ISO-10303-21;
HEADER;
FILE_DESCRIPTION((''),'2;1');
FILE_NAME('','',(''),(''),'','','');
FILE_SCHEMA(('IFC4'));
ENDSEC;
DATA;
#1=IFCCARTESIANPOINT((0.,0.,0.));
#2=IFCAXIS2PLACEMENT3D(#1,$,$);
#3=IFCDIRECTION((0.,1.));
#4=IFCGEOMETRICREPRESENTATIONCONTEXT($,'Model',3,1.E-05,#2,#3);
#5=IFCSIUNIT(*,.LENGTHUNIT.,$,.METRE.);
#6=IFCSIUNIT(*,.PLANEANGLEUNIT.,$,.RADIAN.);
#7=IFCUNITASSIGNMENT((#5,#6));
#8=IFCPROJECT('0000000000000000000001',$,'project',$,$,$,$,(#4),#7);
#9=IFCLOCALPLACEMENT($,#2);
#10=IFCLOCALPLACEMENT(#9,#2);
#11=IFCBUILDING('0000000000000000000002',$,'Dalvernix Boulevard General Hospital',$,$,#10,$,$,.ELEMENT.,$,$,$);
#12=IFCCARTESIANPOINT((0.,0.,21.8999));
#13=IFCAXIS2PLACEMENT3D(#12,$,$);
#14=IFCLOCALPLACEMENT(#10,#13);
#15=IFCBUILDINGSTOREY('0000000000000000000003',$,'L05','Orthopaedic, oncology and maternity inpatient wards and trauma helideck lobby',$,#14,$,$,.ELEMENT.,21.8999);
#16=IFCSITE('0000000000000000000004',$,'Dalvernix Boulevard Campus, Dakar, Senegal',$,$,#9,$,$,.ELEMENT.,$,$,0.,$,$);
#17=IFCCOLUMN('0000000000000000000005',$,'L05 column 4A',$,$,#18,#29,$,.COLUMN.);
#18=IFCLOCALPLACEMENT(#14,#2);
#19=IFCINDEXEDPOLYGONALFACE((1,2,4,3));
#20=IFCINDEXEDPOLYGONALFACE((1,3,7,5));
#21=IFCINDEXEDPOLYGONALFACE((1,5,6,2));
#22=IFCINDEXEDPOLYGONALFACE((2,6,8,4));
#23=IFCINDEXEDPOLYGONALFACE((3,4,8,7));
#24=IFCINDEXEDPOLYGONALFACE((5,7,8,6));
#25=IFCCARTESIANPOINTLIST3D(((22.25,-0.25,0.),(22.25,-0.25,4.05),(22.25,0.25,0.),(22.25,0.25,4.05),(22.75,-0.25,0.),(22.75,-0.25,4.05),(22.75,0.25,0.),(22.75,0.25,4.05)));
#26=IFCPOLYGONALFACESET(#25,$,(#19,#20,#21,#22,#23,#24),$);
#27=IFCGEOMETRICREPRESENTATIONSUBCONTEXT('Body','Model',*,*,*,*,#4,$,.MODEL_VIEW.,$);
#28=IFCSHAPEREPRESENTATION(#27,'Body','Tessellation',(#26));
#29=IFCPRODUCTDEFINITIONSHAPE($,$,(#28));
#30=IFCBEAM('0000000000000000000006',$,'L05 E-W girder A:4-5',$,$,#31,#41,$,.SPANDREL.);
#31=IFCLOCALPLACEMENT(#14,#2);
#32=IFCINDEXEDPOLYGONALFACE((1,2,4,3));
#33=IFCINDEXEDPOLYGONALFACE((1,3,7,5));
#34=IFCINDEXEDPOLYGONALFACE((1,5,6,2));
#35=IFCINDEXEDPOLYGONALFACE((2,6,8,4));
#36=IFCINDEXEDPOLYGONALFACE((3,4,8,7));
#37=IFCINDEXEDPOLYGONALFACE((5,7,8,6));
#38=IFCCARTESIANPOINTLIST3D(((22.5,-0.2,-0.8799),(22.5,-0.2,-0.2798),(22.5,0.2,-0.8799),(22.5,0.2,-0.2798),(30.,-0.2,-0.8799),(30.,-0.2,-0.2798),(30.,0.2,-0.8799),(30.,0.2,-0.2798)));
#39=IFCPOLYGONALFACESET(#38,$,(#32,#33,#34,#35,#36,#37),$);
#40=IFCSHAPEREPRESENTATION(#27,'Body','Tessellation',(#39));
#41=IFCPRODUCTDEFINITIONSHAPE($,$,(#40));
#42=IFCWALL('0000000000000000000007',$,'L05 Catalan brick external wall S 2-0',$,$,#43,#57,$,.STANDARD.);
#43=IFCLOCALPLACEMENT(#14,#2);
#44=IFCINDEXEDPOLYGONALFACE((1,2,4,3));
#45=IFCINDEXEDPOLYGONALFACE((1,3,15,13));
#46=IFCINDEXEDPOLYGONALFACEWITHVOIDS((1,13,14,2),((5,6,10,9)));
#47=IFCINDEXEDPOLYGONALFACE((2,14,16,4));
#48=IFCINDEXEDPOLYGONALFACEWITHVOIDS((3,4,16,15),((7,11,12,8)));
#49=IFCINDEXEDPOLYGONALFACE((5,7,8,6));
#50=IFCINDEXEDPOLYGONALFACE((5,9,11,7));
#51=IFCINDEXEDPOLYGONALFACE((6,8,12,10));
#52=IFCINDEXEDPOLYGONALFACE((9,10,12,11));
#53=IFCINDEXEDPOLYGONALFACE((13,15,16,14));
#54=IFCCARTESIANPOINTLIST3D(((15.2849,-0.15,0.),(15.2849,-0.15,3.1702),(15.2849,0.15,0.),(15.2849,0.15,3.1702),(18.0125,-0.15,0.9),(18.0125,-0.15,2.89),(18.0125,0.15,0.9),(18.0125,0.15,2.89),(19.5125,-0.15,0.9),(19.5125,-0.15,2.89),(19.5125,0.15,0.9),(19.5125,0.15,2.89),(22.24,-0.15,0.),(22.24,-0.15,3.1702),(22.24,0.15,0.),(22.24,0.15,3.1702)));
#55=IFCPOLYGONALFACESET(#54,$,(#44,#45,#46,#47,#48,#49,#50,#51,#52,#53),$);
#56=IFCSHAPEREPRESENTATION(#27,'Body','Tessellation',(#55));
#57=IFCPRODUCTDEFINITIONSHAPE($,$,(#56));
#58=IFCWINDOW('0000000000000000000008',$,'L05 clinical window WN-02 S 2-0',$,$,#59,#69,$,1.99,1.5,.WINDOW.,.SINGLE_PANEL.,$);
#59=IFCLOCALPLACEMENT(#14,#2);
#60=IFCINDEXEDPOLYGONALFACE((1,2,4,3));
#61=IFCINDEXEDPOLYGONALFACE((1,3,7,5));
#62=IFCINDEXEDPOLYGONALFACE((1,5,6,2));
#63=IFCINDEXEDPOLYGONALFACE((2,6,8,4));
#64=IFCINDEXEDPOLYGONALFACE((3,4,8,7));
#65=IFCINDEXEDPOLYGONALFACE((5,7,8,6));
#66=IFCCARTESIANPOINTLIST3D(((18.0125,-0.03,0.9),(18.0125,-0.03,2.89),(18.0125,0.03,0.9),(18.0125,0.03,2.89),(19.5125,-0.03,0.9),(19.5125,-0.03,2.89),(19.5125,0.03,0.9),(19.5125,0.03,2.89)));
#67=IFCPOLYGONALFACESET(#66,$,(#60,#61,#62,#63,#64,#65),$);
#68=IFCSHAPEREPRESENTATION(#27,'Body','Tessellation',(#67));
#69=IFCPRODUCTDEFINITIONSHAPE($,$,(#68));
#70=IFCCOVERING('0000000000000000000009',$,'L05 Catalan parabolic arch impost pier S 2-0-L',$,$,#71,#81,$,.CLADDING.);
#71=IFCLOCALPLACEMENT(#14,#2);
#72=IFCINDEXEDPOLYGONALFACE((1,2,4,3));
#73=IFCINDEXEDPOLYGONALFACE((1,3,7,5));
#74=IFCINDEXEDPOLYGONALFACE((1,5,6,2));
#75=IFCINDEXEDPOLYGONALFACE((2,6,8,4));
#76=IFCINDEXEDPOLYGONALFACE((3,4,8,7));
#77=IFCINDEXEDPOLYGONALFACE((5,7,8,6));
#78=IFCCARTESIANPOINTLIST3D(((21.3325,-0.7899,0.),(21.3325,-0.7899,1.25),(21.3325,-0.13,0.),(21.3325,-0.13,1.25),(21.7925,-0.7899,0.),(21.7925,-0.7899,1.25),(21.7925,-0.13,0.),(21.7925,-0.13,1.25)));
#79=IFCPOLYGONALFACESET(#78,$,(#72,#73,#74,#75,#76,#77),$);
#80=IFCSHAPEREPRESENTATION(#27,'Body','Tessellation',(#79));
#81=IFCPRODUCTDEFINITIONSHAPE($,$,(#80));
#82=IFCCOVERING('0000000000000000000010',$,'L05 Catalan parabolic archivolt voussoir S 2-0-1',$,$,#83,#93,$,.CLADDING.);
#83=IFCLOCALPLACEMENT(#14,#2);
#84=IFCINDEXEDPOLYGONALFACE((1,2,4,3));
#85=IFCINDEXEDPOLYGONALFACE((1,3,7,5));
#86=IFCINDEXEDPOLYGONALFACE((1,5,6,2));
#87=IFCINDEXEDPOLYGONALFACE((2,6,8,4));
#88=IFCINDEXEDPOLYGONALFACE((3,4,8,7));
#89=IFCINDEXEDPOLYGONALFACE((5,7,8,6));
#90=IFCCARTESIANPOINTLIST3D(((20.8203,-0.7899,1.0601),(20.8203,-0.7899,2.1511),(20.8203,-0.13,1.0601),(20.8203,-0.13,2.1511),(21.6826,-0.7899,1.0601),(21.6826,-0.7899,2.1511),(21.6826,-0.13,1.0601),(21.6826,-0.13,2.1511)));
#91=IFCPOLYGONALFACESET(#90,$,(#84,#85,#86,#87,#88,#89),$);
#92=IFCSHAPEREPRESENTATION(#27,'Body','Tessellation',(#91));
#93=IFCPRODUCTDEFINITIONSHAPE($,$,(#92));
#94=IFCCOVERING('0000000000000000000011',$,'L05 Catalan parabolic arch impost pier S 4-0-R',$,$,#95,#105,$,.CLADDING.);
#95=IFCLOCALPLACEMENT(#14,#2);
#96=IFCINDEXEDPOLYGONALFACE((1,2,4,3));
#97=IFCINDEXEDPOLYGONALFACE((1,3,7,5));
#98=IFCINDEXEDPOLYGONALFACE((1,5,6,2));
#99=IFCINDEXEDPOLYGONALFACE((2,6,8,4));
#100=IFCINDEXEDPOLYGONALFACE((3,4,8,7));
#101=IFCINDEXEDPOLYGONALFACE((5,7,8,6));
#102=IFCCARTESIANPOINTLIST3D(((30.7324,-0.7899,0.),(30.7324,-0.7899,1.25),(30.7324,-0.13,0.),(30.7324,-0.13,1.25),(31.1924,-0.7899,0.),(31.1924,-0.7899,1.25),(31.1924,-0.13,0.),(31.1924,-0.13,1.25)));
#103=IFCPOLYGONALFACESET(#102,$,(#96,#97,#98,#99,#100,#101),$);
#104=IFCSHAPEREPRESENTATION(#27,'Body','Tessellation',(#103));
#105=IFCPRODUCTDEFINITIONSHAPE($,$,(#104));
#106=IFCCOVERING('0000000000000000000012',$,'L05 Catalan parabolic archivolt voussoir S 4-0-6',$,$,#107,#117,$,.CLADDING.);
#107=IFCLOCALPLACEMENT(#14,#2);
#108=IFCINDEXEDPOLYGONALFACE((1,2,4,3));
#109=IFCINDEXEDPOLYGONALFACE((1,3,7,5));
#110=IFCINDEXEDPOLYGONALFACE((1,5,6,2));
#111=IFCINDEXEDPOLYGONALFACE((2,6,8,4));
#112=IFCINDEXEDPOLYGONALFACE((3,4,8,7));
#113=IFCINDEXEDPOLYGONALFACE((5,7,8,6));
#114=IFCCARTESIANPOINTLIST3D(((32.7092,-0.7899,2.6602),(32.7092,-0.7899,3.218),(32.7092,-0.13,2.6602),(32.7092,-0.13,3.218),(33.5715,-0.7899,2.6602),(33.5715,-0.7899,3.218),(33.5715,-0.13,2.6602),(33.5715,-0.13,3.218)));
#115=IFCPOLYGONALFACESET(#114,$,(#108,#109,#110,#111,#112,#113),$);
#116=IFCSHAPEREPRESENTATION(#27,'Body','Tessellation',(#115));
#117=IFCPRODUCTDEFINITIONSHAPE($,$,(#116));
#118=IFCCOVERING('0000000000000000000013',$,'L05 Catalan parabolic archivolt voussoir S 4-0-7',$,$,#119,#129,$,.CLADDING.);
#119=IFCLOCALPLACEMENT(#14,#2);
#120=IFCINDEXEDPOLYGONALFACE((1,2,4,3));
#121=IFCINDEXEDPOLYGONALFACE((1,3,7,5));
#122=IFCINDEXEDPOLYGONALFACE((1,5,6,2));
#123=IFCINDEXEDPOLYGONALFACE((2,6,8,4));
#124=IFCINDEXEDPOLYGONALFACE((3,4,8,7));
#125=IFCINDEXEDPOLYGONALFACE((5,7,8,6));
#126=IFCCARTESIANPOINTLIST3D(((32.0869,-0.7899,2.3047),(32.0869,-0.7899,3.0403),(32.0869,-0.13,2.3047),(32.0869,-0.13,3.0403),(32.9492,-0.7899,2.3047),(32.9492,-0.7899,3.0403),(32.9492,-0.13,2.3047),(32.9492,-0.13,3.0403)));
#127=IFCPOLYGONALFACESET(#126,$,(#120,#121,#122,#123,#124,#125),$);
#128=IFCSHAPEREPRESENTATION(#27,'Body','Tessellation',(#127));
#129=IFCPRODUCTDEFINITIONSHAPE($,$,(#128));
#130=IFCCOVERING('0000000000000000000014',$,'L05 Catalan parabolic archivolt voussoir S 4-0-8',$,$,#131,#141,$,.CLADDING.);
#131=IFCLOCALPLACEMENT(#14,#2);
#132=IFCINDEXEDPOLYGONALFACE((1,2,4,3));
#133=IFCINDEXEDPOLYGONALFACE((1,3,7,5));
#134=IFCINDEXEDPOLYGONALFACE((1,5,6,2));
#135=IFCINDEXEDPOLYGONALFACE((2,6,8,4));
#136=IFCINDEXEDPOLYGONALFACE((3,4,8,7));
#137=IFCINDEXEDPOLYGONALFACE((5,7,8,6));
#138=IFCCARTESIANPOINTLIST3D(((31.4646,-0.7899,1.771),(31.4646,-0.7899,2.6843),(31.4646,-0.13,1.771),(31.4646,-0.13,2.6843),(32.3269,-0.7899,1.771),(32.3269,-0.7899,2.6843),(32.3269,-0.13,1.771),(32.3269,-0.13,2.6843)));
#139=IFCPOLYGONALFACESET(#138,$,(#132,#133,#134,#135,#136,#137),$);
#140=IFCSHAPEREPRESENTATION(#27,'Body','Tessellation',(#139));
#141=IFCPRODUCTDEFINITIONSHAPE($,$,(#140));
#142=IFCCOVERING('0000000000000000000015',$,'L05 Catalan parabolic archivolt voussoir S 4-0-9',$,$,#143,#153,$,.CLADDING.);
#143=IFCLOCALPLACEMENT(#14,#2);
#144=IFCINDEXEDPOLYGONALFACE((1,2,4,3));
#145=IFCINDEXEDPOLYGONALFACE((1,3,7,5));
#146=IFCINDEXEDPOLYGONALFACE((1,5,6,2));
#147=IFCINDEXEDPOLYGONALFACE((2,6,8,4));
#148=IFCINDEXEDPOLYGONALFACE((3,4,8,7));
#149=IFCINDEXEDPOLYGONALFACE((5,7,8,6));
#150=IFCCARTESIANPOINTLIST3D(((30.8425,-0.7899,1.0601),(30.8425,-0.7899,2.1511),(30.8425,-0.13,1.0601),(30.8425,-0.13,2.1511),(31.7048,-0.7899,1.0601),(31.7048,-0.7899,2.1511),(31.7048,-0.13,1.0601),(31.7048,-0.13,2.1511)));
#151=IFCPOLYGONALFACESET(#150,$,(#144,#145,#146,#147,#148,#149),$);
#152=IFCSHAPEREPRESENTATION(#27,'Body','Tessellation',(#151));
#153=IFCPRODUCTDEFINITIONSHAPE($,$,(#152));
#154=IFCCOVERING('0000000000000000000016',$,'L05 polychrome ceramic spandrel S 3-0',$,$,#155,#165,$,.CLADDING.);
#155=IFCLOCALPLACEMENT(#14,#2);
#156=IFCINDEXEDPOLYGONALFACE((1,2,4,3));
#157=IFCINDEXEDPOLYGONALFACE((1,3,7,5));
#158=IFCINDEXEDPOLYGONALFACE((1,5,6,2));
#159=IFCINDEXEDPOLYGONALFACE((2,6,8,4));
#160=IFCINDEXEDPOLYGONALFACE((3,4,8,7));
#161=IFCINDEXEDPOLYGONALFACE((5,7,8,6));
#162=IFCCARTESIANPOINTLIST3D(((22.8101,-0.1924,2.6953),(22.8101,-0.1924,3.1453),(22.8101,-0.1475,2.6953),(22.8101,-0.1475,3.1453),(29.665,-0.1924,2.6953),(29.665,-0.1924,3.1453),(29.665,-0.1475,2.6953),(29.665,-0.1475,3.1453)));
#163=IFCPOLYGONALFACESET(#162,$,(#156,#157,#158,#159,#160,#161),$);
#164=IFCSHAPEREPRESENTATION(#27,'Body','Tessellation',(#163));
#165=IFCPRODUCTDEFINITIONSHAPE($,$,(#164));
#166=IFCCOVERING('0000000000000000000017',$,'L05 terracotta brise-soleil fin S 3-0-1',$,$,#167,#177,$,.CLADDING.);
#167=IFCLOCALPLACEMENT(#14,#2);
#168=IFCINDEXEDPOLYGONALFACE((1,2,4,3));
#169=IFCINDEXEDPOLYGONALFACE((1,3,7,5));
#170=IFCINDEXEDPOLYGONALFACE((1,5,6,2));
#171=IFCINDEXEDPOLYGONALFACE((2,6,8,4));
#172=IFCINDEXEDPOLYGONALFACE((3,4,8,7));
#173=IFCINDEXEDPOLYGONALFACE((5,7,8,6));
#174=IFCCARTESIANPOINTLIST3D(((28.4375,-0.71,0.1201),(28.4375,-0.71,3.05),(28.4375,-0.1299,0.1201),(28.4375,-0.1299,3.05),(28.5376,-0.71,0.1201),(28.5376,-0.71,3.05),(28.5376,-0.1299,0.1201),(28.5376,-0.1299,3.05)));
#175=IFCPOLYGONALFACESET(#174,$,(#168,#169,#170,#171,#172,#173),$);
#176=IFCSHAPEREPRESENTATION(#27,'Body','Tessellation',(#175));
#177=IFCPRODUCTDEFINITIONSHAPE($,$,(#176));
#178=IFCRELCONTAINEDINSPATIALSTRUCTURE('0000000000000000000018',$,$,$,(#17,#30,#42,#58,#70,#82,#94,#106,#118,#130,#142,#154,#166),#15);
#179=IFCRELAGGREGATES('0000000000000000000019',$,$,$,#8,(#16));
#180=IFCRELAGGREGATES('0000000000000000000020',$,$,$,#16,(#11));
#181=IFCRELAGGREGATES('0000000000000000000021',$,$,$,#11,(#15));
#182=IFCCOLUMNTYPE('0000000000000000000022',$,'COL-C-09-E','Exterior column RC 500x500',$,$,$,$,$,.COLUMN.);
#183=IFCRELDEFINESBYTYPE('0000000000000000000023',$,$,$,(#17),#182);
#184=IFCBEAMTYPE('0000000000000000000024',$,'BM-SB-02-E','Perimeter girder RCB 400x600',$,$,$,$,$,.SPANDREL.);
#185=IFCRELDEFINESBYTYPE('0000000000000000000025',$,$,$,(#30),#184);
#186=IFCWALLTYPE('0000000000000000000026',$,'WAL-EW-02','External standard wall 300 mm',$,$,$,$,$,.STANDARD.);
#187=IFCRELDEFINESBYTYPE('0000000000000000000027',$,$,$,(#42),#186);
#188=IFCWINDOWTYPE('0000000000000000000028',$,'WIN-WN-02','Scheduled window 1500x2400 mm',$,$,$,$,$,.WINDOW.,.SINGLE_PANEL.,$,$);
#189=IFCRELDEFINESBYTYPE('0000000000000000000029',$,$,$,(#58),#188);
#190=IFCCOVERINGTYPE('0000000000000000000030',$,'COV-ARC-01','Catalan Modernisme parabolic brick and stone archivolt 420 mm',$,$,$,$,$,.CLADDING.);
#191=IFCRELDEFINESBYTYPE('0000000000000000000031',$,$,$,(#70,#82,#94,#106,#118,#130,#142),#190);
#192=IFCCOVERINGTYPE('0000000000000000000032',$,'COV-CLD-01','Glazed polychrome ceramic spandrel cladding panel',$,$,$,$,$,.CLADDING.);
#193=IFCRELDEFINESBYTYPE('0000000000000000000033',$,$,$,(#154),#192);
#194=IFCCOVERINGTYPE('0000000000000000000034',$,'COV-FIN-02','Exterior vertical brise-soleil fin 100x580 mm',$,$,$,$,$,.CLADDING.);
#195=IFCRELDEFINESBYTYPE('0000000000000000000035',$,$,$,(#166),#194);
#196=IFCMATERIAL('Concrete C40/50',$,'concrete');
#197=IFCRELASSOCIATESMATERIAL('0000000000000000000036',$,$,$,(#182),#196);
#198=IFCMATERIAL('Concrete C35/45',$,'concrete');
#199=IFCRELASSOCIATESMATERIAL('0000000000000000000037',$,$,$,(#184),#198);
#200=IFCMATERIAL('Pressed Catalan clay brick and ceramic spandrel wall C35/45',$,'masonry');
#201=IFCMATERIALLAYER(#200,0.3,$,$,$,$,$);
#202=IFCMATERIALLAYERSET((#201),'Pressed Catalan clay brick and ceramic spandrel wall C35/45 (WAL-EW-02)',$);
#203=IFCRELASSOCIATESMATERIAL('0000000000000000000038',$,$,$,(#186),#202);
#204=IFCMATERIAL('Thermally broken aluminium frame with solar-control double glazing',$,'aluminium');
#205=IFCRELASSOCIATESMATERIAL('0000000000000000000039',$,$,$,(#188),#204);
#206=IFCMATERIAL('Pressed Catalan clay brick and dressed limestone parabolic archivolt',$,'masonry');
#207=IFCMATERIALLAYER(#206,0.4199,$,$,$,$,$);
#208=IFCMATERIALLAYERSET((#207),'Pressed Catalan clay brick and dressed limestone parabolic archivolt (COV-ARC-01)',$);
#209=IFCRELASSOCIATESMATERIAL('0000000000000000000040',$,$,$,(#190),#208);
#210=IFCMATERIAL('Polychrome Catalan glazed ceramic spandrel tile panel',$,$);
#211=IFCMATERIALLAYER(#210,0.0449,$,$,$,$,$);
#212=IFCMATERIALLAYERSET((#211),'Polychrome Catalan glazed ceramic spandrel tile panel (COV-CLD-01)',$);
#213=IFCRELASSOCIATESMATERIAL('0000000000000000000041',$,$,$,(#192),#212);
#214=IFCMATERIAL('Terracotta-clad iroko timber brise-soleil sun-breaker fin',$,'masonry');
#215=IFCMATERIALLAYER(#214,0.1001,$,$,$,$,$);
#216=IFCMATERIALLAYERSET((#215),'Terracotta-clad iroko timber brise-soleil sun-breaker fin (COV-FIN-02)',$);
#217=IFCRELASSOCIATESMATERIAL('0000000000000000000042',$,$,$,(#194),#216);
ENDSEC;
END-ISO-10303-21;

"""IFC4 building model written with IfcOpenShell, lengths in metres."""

from ifc_helpers import new_model, si_unit, direction, frame, frame_2d, origin, origin_2d, place, context, subcontext, project, spatial, rectangle, extrude, material, layer, layer_set, material_profile, profile_set, type_object, element, fill, save


model = new_model("IFC4")

# Units and contexts
model_context = context("Model", 3, precision=1e-05, world=origin(), true_north=direction((0.0, 1.0)))
body_context = subcontext(model_context, "Body", "Model", "MODEL_VIEW")
ifc_project = project(units=[si_unit("LENGTHUNIT", "METRE"), si_unit("PLANEANGLEUNIT", "RADIAN")], contexts=[model_context])

# Site, building, storey
site_placement = place(None, origin())
site = spatial("IfcSite", under=ifc_project, at=site_placement, Name="Dalvernix Boulevard Campus, Dakar, Senegal", CompositionType="ELEMENT", RefElevation=0.0)
building_placement = place(site_placement, origin())
building = spatial("IfcBuilding", under=site, at=building_placement, Name="Dalvernix Boulevard General Hospital", CompositionType="ELEMENT")
storey_placement = place(building_placement, frame((0.0, 0.0, 21.8999)))
storey = spatial("IfcBuildingStorey", under=building, at=storey_placement, Name="L05", Description="Orthopaedic, oncology and maternity inpatient wards and trauma helideck lobby", CompositionType="ELEMENT", Elevation=21.8999)

# Column
ifc_material_1 = material(Name="Concrete C40/50", Category="concrete")
ifc_material_profile_1 = material_profile(ifc_material_1, rectangle(XDim=0.5, YDim=0.5, at=origin_2d()), Name="RC 500x500")
ifc_profile_set_1 = profile_set([ifc_material_profile_1], Name="Concrete C40/50")
column_type = type_object("IfcColumnType", Name="COL-C-09-E", Description="Exterior column RC 500x500", PredefinedType="COLUMN", material=ifc_profile_set_1)
column_placement = place(storey_placement, frame((22.5, 0.0, 0.0), z_axis=(0.0, 0.0, 1.0), x_axis=(1.0, 0.0, 0.0)))
element("IfcColumn", 1, at=column_placement, inside=storey, type_object=column_type, Name="L05 column 4A", PredefinedType="COLUMN", context=body_context, shape_type="SweptSolid", body=[
    extrude(rectangle(XDim=0.5, YDim=0.5, at=origin_2d()), origin(), (0.0, 0.0, 1.0), 4.05),
])

# Beam
ifc_material_2 = material(Name="Concrete C35/45", Category="concrete")
ifc_material_profile_2 = material_profile(ifc_material_2, rectangle(XDim=0.3999, YDim=0.6001, at=origin_2d()), Name="RCB 400x600")
ifc_profile_set_2 = profile_set([ifc_material_profile_2], Name="Concrete C35/45")
beam_type = type_object("IfcBeamType", Name="BM-SB-02-E", Description="Perimeter girder RCB 400x600", PredefinedType="SPANDREL", material=ifc_profile_set_2)
beam_placement = place(storey_placement, frame((22.5, 0.0, -0.5798), z_axis=(1.0, 0.0, 0.0), x_axis=(0.0, 1.0, 0.0)))
element("IfcBeam", 2, at=beam_placement, inside=storey, type_object=beam_type, Name="L05 E-W girder A:4-5", PredefinedType="SPANDREL", context=body_context, shape_type="SweptSolid", body=[
    extrude(rectangle(XDim=0.3999, YDim=0.6001, at=origin_2d()), origin(), (0.0, 0.0, 1.0), 7.5),
])

# Wall, opening, window
ifc_material_3 = material(Name="Pressed Catalan clay brick and ceramic spandrel wall C35/45", Category="masonry")
ifc_layer_1 = layer(ifc_material_3, 0.3)
ifc_layer_set_1 = layer_set([ifc_layer_1], Name="Pressed Catalan clay brick and ceramic spandrel wall C35/45 (WAL-EW-02)")
wall_type = type_object("IfcWallType", Name="WAL-EW-02", Description="External standard wall 300 mm", PredefinedType="STANDARD", material=ifc_layer_set_1)
wall_placement = place(storey_placement, frame((22.24, 0.0, 0.0), z_axis=(0.0, 0.0, 1.0), x_axis=(-1.0, 0.0, 0.0)))
wall = element("IfcWall", 3, at=wall_placement, inside=storey, type_object=wall_type, Name="L05 Catalan brick external wall S 2-0", PredefinedType="STANDARD", context=body_context, shape_type="SweptSolid", body=[
    extrude(rectangle(XDim=6.9551, YDim=0.3, at=frame_2d((3.4775, 0.0))), origin(), (0.0, 0.0, 1.0), 3.1702),
])
opening_placement = place(wall_placement, frame((2.7275, 0.0, 0.8999)))
opening = element("IfcOpeningElement", 4, at=opening_placement, cuts=wall, PredefinedType="OPENING", context=body_context, shape_type="SweptSolid", body=[
    extrude(rectangle(XDim=1.5, YDim=1.99, at=frame_2d((0.75, 0.9951))), frame((0.0, 0.1599, 0.0), z_axis=(0.0, -1.0, 0.0), x_axis=(1.0, 0.0, 0.0)), (0.0, 0.0, 1.0), 0.3201),
])
ifc_material_4 = material(Name="Thermally broken aluminium frame with solar-control double glazing", Category="aluminium")
window_type = type_object("IfcWindowType", Name="WIN-WN-02", Description="Scheduled window 1500x2400 mm", PartitioningType="SINGLE_PANEL", PredefinedType="WINDOW", material=ifc_material_4)
window_placement = place(opening_placement, origin())
window = element("IfcWindow", 5, at=window_placement, inside=storey, type_object=window_type, Name="L05 clinical window WN-02 S 2-0", OverallHeight=1.99, OverallWidth=1.5, PartitioningType="SINGLE_PANEL", PredefinedType="WINDOW", context=body_context, shape_type="SweptSolid", body=[
    extrude(rectangle(XDim=1.5, YDim=1.99, at=frame_2d((0.75, 0.9951))), frame((0.0, 0.03, 0.0), z_axis=(0.0, -1.0, 0.0), x_axis=(1.0, 0.0, 0.0)), (0.0, 0.0, 1.0), 0.0601),
])
fill(opening, window)

# Coverings
ifc_material_5 = material(Name="Pressed Catalan clay brick and dressed limestone parabolic archivolt", Category="masonry")
ifc_layer_2 = layer(ifc_material_5, 0.4199)
ifc_layer_set_2 = layer_set([ifc_layer_2], Name="Pressed Catalan clay brick and dressed limestone parabolic archivolt (COV-ARC-01)")
covering_type_1 = type_object("IfcCoveringType", Name="COV-ARC-01", Description="Catalan Modernisme parabolic brick and stone archivolt 420 mm", PredefinedType="CLADDING", material=ifc_layer_set_2)
covering_1_placement = place(storey_placement, frame((21.5625, -0.46, 0.0), z_axis=(0.0, 0.0, 1.0), x_axis=(-1.0, 0.0, 0.0)))
element("IfcCovering", 6, at=covering_1_placement, inside=storey, type_object=covering_type_1, Name="L05 Catalan parabolic arch impost pier S 2-0-L", PredefinedType="CLADDING", context=body_context, shape_type="SweptSolid", body=[
    extrude(rectangle(XDim=0.46, YDim=0.6599, at=origin_2d()), origin(), (0.0, 0.0, 1.0), 1.25),
])
covering_2_placement = place(storey_placement, frame((21.2515, -0.46, 1.0601), z_axis=(0.0, 0.0, 1.0), x_axis=(-1.0, 0.0, 0.0)))
element("IfcCovering", 7, at=covering_2_placement, inside=storey, type_object=covering_type_1, Name="L05 Catalan parabolic archivolt voussoir S 2-0-1", PredefinedType="CLADDING", context=body_context, shape_type="SweptSolid", body=[
    extrude(rectangle(XDim=0.8623, YDim=0.6599, at=origin_2d()), origin(), (0.0, 0.0, 1.0), 1.0911),
])
covering_3_placement = place(storey_placement, frame((30.9624, -0.46, 0.0), z_axis=(0.0, 0.0, 1.0), x_axis=(-1.0, 0.0, 0.0)))
element("IfcCovering", 8, at=covering_3_placement, inside=storey, type_object=covering_type_1, Name="L05 Catalan parabolic arch impost pier S 4-0-R", PredefinedType="CLADDING", context=body_context, shape_type="SweptSolid", body=[
    extrude(rectangle(XDim=0.46, YDim=0.6599, at=origin_2d()), origin(), (0.0, 0.0, 1.0), 1.25),
])
covering_4_placement = place(storey_placement, frame((33.1404, -0.46, 2.6602), z_axis=(0.0, 0.0, 1.0), x_axis=(-1.0, 0.0, 0.0)))
element("IfcCovering", 9, at=covering_4_placement, inside=storey, type_object=covering_type_1, Name="L05 Catalan parabolic archivolt voussoir S 4-0-6", PredefinedType="CLADDING", context=body_context, shape_type="SweptSolid", body=[
    extrude(rectangle(XDim=0.8623, YDim=0.6599, at=origin_2d()), origin(), (0.0, 0.0, 1.0), 0.5579),
])
covering_5_placement = place(storey_placement, frame((32.5181, -0.46, 2.3047), z_axis=(0.0, 0.0, 1.0), x_axis=(-1.0, 0.0, 0.0)))
element("IfcCovering", 10, at=covering_5_placement, inside=storey, type_object=covering_type_1, Name="L05 Catalan parabolic archivolt voussoir S 4-0-7", PredefinedType="CLADDING", context=body_context, shape_type="SweptSolid", body=[
    extrude(rectangle(XDim=0.8623, YDim=0.6599, at=origin_2d()), origin(), (0.0, 0.0, 1.0), 0.7356),
])
covering_6_placement = place(storey_placement, frame((31.8958, -0.46, 1.771), z_axis=(0.0, 0.0, 1.0), x_axis=(-1.0, 0.0, 0.0)))
element("IfcCovering", 11, at=covering_6_placement, inside=storey, type_object=covering_type_1, Name="L05 Catalan parabolic archivolt voussoir S 4-0-8", PredefinedType="CLADDING", context=body_context, shape_type="SweptSolid", body=[
    extrude(rectangle(XDim=0.8623, YDim=0.6599, at=origin_2d()), origin(), (0.0, 0.0, 1.0), 0.9133),
])
covering_7_placement = place(storey_placement, frame((31.2737, -0.46, 1.0601), z_axis=(0.0, 0.0, 1.0), x_axis=(-1.0, 0.0, 0.0)))
element("IfcCovering", 12, at=covering_7_placement, inside=storey, type_object=covering_type_1, Name="L05 Catalan parabolic archivolt voussoir S 4-0-9", PredefinedType="CLADDING", context=body_context, shape_type="SweptSolid", body=[
    extrude(rectangle(XDim=0.8623, YDim=0.6599, at=origin_2d()), origin(), (0.0, 0.0, 1.0), 1.0911),
])
ifc_material_6 = material(Name="Polychrome Catalan glazed ceramic spandrel tile panel")
ifc_layer_3 = layer(ifc_material_6, 0.0449)
ifc_layer_set_3 = layer_set([ifc_layer_3], Name="Polychrome Catalan glazed ceramic spandrel tile panel (COV-CLD-01)")
covering_type_2 = type_object("IfcCoveringType", Name="COV-CLD-01", Description="Glazed polychrome ceramic spandrel cladding panel", PredefinedType="CLADDING", material=ifc_layer_set_3)
covering_8_placement = place(storey_placement, frame((26.2375, -0.1699, 2.6953), z_axis=(0.0, 0.0, 1.0), x_axis=(-1.0, 0.0, 0.0)))
element("IfcCovering", 13, at=covering_8_placement, inside=storey, type_object=covering_type_2, Name="L05 polychrome ceramic spandrel S 3-0", PredefinedType="CLADDING", context=body_context, shape_type="SweptSolid", body=[
    extrude(rectangle(XDim=6.855, YDim=0.0449, at=origin_2d()), origin(), (0.0, 0.0, 1.0), 0.45),
])
ifc_material_7 = material(Name="Terracotta-clad iroko timber brise-soleil sun-breaker fin", Category="masonry")
ifc_layer_4 = layer(ifc_material_7, 0.1001)
ifc_layer_set_4 = layer_set([ifc_layer_4], Name="Terracotta-clad iroko timber brise-soleil sun-breaker fin (COV-FIN-02)")
covering_type_3 = type_object("IfcCoveringType", Name="COV-FIN-02", Description="Exterior vertical brise-soleil fin 100x580 mm", PredefinedType="CLADDING", material=ifc_layer_set_4)
for number, where, z_axis, x_axis, name in (
    (14, (28.4875, -0.4199, 0.1201), (0.0, 0.0, 1.0), (-1.0, 0.0, 0.0), "L05 terracotta brise-soleil fin S 3-0-1"),
):
    element("IfcCovering", number, at=place(storey_placement, frame(where, z_axis=z_axis, x_axis=x_axis)), inside=storey, type_object=covering_type_3, Name=name, PredefinedType="CLADDING", context=body_context, shape_type="SweptSolid", body=[
        extrude(rectangle(XDim=0.1001, YDim=0.5801, at=origin_2d()), origin(), (0.0, 0.0, 1.0), 2.9299),
    ])

save(model, "model.ifc")
